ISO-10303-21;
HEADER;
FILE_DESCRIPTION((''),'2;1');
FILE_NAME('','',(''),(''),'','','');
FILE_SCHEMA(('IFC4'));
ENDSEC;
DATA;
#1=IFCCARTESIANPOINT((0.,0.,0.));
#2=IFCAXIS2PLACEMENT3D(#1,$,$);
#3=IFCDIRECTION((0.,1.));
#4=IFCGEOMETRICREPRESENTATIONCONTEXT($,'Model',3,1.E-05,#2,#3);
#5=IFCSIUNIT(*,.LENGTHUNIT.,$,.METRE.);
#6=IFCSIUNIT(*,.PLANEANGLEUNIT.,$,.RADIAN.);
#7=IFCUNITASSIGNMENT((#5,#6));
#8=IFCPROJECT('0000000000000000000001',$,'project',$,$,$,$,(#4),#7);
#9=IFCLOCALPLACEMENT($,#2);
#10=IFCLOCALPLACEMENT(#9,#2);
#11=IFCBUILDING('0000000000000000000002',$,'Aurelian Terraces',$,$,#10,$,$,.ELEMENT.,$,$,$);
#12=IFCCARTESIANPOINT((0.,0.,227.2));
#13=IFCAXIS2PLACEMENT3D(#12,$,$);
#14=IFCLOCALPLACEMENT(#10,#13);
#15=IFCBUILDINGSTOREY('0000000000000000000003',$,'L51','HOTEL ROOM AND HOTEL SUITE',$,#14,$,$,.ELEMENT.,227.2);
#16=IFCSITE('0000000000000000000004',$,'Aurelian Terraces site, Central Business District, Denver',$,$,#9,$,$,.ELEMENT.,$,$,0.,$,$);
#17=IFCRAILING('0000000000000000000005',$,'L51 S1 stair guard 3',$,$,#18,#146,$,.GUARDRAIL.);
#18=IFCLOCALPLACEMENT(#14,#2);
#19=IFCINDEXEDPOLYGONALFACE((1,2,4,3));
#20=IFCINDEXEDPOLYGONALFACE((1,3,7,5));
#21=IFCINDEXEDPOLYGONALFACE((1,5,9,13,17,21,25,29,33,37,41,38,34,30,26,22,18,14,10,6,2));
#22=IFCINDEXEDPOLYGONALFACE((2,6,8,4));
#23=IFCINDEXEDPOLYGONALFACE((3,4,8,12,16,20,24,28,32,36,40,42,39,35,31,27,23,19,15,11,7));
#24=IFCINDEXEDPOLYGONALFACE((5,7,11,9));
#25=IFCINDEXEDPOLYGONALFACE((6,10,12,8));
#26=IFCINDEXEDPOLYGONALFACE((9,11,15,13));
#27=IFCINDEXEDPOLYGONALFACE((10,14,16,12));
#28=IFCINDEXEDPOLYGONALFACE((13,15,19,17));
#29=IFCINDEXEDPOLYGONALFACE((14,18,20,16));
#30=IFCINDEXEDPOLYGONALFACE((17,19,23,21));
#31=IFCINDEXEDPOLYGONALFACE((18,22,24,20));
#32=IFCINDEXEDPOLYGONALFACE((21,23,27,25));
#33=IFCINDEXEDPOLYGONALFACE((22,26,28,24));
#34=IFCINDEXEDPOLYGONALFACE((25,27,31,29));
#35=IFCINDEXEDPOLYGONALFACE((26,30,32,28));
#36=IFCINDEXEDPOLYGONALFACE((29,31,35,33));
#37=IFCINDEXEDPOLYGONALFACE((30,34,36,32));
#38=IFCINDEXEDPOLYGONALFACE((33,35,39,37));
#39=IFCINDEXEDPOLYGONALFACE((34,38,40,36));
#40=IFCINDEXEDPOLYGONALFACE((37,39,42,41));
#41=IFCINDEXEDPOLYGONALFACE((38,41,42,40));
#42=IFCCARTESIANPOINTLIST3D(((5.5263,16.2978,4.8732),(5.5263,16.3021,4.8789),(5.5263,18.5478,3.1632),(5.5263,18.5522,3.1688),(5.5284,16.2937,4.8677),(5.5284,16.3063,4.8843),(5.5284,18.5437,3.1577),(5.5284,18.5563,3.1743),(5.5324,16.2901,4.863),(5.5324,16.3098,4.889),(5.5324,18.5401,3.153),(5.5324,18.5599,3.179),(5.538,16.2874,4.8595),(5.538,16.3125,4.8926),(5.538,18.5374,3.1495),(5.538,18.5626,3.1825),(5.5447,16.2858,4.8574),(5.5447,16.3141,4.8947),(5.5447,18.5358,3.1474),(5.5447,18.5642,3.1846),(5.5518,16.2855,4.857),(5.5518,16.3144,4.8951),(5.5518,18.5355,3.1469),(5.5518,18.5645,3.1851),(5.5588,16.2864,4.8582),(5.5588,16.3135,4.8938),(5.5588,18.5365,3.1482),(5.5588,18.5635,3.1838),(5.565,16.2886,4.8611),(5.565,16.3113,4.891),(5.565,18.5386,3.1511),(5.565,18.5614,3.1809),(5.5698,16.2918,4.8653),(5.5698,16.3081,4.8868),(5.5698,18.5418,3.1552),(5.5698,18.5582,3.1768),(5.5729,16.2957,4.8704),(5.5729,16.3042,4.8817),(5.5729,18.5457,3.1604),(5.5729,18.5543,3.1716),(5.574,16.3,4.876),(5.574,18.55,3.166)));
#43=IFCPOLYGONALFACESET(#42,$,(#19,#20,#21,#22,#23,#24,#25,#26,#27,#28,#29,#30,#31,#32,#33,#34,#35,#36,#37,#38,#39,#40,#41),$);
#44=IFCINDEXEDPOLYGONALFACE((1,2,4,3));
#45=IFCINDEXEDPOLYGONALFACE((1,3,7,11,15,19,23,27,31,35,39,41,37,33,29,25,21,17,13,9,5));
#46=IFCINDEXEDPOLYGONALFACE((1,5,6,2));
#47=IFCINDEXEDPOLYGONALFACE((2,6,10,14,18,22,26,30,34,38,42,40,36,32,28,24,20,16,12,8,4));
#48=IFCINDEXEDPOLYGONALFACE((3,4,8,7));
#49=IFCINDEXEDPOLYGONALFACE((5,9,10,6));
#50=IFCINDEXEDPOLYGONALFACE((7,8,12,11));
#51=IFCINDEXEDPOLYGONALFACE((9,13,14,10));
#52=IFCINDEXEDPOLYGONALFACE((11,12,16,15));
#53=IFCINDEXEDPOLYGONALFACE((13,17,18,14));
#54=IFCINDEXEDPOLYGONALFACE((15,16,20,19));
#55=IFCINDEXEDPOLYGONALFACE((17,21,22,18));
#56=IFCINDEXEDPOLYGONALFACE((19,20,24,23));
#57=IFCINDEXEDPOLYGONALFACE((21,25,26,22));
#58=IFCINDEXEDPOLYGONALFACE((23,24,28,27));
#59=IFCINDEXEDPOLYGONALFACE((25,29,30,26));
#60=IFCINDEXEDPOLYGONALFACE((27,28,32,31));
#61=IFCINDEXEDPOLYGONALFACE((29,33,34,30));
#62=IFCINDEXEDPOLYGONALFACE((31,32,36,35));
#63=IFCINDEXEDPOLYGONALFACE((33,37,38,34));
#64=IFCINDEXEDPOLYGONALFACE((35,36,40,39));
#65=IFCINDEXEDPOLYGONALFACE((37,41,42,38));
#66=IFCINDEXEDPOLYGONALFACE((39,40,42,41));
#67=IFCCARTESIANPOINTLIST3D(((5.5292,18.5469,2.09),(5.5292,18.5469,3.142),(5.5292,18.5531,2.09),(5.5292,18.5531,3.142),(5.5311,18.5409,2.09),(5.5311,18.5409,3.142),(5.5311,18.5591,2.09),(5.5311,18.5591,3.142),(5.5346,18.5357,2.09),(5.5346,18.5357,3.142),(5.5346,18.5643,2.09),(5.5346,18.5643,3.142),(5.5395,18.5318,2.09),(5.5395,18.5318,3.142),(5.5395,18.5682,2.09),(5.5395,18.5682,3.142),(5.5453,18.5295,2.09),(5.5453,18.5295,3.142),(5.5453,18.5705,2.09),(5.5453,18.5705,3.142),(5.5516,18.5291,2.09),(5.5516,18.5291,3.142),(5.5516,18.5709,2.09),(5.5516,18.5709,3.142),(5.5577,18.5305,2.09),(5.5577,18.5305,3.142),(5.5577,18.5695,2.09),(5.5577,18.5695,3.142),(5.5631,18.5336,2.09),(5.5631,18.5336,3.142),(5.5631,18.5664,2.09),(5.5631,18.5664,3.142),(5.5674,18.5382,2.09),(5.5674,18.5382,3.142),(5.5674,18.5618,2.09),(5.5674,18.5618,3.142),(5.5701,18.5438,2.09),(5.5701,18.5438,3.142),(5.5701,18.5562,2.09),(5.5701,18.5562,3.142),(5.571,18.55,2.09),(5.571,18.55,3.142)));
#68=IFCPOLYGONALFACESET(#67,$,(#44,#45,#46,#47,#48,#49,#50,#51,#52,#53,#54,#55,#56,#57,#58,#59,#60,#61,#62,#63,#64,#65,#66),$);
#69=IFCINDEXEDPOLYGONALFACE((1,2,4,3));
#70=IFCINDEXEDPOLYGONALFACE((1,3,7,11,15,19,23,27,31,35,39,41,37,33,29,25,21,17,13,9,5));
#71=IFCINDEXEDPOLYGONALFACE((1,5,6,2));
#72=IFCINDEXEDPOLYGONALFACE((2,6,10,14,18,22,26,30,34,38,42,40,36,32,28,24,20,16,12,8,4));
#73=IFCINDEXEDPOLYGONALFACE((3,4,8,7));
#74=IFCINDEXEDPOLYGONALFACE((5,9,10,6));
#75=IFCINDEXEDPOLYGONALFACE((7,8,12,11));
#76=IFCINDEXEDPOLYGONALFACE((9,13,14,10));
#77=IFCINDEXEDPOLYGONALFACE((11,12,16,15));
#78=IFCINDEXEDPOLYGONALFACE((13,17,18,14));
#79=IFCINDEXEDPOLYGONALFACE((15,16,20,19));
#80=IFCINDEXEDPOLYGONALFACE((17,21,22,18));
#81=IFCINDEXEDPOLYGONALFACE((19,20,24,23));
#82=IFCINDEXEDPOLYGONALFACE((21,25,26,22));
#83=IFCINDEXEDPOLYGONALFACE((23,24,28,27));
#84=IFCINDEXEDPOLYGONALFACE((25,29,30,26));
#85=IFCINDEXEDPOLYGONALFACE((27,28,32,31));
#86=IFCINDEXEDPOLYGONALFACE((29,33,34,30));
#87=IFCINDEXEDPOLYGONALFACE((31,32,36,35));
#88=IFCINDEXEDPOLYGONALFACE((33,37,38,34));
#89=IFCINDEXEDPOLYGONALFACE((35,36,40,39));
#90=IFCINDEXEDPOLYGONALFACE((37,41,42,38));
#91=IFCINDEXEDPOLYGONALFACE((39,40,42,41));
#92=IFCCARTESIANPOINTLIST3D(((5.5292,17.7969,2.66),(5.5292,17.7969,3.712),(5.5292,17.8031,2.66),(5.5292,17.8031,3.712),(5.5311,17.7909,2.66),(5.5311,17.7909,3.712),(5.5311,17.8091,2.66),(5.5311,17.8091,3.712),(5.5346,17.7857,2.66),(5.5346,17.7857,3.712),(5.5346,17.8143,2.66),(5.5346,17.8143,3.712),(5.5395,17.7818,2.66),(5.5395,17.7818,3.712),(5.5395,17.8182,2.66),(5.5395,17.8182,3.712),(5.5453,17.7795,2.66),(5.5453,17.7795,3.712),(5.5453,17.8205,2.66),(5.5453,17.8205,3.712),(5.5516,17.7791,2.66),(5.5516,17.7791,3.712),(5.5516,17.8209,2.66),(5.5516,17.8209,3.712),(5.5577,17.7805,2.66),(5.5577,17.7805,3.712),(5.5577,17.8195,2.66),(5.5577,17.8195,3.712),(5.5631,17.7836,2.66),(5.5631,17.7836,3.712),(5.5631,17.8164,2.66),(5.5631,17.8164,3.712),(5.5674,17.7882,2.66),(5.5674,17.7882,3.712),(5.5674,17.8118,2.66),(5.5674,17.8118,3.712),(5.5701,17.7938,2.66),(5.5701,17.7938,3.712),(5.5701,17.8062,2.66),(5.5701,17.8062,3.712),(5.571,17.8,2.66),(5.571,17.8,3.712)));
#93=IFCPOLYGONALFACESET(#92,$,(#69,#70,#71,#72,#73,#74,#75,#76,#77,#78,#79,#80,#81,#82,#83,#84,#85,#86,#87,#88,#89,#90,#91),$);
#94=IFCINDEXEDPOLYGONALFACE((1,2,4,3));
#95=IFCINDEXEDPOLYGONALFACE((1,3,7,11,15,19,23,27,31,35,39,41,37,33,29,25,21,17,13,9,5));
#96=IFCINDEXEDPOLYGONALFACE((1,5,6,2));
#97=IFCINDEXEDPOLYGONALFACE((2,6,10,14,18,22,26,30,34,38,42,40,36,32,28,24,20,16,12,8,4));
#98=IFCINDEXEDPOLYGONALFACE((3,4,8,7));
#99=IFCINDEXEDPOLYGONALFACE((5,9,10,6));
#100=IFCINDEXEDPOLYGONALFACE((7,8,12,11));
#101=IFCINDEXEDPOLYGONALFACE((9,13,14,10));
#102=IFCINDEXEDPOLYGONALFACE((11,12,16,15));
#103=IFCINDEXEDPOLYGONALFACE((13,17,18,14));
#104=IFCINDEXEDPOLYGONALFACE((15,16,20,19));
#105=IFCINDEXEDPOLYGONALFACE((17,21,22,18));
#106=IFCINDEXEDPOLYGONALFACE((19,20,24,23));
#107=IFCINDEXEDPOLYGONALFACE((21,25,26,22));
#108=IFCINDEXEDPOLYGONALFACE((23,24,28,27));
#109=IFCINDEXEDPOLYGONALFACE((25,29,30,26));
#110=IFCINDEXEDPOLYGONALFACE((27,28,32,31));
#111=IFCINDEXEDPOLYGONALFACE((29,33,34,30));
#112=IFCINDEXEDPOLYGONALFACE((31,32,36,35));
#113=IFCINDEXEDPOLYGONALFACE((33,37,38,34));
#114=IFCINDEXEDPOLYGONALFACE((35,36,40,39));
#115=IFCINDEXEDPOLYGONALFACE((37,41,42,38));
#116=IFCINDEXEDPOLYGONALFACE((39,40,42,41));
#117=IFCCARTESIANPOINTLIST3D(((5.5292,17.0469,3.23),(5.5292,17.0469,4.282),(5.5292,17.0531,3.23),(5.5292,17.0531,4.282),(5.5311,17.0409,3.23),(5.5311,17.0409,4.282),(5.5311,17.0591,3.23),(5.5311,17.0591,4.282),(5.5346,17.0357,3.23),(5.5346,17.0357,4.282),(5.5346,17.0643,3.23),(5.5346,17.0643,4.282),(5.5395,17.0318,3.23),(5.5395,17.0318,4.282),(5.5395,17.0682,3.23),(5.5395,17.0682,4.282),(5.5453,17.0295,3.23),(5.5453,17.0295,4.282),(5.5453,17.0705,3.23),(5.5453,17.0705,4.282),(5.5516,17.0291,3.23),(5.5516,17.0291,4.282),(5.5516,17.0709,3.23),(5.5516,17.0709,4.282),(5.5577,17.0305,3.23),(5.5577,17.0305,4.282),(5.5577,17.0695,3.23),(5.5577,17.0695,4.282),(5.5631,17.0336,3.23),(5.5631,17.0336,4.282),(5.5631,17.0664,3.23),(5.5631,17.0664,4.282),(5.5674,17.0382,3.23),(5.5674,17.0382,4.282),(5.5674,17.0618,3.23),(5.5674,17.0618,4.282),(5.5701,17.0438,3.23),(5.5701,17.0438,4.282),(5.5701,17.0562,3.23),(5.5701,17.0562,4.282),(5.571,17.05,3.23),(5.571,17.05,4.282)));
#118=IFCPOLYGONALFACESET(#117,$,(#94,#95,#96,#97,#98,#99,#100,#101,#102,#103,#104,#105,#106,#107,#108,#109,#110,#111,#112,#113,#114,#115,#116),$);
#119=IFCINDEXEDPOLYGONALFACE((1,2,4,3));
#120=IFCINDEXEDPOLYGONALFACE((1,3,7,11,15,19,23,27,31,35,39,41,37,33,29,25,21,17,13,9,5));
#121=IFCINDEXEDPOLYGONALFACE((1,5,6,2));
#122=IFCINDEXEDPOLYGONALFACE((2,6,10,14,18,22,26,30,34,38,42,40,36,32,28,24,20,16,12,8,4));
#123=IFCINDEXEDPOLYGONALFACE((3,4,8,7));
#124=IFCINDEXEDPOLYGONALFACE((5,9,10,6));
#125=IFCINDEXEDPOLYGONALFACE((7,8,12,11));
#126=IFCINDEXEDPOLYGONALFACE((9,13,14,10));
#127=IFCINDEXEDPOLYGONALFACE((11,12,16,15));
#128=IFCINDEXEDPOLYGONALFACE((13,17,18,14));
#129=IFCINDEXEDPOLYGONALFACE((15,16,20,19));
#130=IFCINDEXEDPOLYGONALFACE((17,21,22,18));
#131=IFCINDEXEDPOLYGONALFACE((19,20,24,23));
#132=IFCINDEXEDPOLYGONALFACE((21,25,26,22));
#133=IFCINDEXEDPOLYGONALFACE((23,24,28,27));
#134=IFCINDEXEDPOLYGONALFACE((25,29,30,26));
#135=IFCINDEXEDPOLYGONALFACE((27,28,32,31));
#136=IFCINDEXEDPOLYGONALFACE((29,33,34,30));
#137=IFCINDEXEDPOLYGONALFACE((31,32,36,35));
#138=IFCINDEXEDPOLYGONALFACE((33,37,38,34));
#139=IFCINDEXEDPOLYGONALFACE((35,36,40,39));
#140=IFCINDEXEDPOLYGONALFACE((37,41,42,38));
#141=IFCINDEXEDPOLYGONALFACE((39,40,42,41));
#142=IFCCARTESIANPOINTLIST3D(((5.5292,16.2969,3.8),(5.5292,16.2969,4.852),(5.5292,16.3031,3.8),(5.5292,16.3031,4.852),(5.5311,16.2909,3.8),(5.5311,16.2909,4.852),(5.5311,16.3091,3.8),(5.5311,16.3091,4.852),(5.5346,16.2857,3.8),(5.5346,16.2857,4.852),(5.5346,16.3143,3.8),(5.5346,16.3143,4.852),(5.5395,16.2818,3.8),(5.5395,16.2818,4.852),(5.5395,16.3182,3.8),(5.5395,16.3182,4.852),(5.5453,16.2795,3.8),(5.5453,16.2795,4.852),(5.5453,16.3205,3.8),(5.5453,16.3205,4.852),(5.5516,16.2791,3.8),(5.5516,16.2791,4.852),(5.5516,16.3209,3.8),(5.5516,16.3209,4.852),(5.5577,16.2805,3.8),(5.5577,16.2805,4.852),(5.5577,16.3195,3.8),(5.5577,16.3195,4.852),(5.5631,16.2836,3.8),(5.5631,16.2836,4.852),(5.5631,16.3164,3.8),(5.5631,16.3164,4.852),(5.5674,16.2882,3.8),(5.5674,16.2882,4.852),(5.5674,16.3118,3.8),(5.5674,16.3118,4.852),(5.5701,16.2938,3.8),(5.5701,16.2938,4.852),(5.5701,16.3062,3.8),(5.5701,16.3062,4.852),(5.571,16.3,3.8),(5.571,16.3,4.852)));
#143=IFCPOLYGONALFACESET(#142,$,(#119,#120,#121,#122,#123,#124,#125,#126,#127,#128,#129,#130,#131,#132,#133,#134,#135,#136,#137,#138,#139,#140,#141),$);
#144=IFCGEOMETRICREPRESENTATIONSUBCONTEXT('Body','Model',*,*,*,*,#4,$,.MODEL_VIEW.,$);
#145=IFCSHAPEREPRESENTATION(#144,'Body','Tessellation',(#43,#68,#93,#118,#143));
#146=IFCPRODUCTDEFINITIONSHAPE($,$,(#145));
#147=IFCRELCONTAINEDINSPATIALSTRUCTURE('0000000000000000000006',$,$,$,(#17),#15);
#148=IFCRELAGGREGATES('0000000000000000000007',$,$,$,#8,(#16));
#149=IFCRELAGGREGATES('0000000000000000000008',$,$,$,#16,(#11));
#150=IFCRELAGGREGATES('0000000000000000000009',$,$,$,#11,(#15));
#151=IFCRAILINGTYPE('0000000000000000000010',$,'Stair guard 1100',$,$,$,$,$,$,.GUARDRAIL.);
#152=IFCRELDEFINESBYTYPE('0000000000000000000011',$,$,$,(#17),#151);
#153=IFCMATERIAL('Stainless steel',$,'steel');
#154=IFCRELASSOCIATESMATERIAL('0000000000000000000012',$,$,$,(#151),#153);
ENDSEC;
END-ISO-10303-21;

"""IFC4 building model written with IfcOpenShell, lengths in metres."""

from ifc_helpers import new_model, si_unit, direction, frame, origin, origin_2d, place, context, subcontext, project, spatial, circle, extrude, source, transform, mapped, material, type_object, element, save


model = new_model("IFC4")

# Units and contexts
model_context = context("Model", 3, precision=1e-05, world=origin(), true_north=direction((0.0, 1.0)))
body_context = subcontext(model_context, "Body", "Model", "MODEL_VIEW")
ifc_project = project(units=[si_unit("LENGTHUNIT", "METRE"), si_unit("PLANEANGLEUNIT", "RADIAN")], contexts=[model_context])

# Site, building, storey
site_placement = place(None, origin())
site = spatial("IfcSite", under=ifc_project, at=site_placement, Name="Aurelian Terraces site, Central Business District, Denver", CompositionType="ELEMENT", RefElevation=0.0)
building_placement = place(site_placement, origin())
building = spatial("IfcBuilding", under=site, at=building_placement, Name="Aurelian Terraces", CompositionType="ELEMENT")
storey_placement = place(building_placement, frame((0.0, 0.0, 227.2)))
storey = spatial("IfcBuildingStorey", under=building, at=storey_placement, Name="L51", Description="HOTEL ROOM AND HOTEL SUITE", CompositionType="ELEMENT", Elevation=227.2)

# Shared definitions
ifc_material_1 = material(Name="Stainless steel", Category="steel")

# Railing
railing_type_1 = type_object("IfcRailingType", Name="Stair guard 1100", PredefinedType="GUARDRAIL", material=ifc_material_1)
shared_shape_1 = source(origin(), body_context, "Body", "SweptSolid", [
    extrude(circle(Radius=0.024, at=origin_2d()), frame((0.0, 0.0, 1.076), z_axis=(0.0, -0.796162, 0.605083), x_axis=(1.0, 0.0, 0.0)), (0.0, 0.0, 1.0), 2.8261),
    extrude(circle(Radius=0.021, at=origin_2d()), origin(), (0.0, 0.0, 1.0), 1.052),
    extrude(circle(Radius=0.021, at=origin_2d()), frame((0.0, -0.75, 0.57)), (0.0, 0.0, 1.0), 1.052),
    extrude(circle(Radius=0.021, at=origin_2d()), frame((0.0, -1.5, 1.14)), (0.0, 0.0, 1.0), 1.052),
    extrude(circle(Radius=0.021, at=origin_2d()), frame((0.0, -2.25, 1.71)), (0.0, 0.0, 1.0), 1.052),
])
railing_1_placement = place(storey_placement, frame((5.55, 18.55, 2.09)))
element("IfcRailing", 1, at=railing_1_placement, inside=storey, type_object=railing_type_1, Name="L51 S1 stair guard 3", PredefinedType="GUARDRAIL", context=body_context, shape_type="MappedRepresentation", body=[
    mapped(shared_shape_1, transform((0.0, 0.0, 0.0), scale=1.0)),
])

save(model, "model.ifc")
